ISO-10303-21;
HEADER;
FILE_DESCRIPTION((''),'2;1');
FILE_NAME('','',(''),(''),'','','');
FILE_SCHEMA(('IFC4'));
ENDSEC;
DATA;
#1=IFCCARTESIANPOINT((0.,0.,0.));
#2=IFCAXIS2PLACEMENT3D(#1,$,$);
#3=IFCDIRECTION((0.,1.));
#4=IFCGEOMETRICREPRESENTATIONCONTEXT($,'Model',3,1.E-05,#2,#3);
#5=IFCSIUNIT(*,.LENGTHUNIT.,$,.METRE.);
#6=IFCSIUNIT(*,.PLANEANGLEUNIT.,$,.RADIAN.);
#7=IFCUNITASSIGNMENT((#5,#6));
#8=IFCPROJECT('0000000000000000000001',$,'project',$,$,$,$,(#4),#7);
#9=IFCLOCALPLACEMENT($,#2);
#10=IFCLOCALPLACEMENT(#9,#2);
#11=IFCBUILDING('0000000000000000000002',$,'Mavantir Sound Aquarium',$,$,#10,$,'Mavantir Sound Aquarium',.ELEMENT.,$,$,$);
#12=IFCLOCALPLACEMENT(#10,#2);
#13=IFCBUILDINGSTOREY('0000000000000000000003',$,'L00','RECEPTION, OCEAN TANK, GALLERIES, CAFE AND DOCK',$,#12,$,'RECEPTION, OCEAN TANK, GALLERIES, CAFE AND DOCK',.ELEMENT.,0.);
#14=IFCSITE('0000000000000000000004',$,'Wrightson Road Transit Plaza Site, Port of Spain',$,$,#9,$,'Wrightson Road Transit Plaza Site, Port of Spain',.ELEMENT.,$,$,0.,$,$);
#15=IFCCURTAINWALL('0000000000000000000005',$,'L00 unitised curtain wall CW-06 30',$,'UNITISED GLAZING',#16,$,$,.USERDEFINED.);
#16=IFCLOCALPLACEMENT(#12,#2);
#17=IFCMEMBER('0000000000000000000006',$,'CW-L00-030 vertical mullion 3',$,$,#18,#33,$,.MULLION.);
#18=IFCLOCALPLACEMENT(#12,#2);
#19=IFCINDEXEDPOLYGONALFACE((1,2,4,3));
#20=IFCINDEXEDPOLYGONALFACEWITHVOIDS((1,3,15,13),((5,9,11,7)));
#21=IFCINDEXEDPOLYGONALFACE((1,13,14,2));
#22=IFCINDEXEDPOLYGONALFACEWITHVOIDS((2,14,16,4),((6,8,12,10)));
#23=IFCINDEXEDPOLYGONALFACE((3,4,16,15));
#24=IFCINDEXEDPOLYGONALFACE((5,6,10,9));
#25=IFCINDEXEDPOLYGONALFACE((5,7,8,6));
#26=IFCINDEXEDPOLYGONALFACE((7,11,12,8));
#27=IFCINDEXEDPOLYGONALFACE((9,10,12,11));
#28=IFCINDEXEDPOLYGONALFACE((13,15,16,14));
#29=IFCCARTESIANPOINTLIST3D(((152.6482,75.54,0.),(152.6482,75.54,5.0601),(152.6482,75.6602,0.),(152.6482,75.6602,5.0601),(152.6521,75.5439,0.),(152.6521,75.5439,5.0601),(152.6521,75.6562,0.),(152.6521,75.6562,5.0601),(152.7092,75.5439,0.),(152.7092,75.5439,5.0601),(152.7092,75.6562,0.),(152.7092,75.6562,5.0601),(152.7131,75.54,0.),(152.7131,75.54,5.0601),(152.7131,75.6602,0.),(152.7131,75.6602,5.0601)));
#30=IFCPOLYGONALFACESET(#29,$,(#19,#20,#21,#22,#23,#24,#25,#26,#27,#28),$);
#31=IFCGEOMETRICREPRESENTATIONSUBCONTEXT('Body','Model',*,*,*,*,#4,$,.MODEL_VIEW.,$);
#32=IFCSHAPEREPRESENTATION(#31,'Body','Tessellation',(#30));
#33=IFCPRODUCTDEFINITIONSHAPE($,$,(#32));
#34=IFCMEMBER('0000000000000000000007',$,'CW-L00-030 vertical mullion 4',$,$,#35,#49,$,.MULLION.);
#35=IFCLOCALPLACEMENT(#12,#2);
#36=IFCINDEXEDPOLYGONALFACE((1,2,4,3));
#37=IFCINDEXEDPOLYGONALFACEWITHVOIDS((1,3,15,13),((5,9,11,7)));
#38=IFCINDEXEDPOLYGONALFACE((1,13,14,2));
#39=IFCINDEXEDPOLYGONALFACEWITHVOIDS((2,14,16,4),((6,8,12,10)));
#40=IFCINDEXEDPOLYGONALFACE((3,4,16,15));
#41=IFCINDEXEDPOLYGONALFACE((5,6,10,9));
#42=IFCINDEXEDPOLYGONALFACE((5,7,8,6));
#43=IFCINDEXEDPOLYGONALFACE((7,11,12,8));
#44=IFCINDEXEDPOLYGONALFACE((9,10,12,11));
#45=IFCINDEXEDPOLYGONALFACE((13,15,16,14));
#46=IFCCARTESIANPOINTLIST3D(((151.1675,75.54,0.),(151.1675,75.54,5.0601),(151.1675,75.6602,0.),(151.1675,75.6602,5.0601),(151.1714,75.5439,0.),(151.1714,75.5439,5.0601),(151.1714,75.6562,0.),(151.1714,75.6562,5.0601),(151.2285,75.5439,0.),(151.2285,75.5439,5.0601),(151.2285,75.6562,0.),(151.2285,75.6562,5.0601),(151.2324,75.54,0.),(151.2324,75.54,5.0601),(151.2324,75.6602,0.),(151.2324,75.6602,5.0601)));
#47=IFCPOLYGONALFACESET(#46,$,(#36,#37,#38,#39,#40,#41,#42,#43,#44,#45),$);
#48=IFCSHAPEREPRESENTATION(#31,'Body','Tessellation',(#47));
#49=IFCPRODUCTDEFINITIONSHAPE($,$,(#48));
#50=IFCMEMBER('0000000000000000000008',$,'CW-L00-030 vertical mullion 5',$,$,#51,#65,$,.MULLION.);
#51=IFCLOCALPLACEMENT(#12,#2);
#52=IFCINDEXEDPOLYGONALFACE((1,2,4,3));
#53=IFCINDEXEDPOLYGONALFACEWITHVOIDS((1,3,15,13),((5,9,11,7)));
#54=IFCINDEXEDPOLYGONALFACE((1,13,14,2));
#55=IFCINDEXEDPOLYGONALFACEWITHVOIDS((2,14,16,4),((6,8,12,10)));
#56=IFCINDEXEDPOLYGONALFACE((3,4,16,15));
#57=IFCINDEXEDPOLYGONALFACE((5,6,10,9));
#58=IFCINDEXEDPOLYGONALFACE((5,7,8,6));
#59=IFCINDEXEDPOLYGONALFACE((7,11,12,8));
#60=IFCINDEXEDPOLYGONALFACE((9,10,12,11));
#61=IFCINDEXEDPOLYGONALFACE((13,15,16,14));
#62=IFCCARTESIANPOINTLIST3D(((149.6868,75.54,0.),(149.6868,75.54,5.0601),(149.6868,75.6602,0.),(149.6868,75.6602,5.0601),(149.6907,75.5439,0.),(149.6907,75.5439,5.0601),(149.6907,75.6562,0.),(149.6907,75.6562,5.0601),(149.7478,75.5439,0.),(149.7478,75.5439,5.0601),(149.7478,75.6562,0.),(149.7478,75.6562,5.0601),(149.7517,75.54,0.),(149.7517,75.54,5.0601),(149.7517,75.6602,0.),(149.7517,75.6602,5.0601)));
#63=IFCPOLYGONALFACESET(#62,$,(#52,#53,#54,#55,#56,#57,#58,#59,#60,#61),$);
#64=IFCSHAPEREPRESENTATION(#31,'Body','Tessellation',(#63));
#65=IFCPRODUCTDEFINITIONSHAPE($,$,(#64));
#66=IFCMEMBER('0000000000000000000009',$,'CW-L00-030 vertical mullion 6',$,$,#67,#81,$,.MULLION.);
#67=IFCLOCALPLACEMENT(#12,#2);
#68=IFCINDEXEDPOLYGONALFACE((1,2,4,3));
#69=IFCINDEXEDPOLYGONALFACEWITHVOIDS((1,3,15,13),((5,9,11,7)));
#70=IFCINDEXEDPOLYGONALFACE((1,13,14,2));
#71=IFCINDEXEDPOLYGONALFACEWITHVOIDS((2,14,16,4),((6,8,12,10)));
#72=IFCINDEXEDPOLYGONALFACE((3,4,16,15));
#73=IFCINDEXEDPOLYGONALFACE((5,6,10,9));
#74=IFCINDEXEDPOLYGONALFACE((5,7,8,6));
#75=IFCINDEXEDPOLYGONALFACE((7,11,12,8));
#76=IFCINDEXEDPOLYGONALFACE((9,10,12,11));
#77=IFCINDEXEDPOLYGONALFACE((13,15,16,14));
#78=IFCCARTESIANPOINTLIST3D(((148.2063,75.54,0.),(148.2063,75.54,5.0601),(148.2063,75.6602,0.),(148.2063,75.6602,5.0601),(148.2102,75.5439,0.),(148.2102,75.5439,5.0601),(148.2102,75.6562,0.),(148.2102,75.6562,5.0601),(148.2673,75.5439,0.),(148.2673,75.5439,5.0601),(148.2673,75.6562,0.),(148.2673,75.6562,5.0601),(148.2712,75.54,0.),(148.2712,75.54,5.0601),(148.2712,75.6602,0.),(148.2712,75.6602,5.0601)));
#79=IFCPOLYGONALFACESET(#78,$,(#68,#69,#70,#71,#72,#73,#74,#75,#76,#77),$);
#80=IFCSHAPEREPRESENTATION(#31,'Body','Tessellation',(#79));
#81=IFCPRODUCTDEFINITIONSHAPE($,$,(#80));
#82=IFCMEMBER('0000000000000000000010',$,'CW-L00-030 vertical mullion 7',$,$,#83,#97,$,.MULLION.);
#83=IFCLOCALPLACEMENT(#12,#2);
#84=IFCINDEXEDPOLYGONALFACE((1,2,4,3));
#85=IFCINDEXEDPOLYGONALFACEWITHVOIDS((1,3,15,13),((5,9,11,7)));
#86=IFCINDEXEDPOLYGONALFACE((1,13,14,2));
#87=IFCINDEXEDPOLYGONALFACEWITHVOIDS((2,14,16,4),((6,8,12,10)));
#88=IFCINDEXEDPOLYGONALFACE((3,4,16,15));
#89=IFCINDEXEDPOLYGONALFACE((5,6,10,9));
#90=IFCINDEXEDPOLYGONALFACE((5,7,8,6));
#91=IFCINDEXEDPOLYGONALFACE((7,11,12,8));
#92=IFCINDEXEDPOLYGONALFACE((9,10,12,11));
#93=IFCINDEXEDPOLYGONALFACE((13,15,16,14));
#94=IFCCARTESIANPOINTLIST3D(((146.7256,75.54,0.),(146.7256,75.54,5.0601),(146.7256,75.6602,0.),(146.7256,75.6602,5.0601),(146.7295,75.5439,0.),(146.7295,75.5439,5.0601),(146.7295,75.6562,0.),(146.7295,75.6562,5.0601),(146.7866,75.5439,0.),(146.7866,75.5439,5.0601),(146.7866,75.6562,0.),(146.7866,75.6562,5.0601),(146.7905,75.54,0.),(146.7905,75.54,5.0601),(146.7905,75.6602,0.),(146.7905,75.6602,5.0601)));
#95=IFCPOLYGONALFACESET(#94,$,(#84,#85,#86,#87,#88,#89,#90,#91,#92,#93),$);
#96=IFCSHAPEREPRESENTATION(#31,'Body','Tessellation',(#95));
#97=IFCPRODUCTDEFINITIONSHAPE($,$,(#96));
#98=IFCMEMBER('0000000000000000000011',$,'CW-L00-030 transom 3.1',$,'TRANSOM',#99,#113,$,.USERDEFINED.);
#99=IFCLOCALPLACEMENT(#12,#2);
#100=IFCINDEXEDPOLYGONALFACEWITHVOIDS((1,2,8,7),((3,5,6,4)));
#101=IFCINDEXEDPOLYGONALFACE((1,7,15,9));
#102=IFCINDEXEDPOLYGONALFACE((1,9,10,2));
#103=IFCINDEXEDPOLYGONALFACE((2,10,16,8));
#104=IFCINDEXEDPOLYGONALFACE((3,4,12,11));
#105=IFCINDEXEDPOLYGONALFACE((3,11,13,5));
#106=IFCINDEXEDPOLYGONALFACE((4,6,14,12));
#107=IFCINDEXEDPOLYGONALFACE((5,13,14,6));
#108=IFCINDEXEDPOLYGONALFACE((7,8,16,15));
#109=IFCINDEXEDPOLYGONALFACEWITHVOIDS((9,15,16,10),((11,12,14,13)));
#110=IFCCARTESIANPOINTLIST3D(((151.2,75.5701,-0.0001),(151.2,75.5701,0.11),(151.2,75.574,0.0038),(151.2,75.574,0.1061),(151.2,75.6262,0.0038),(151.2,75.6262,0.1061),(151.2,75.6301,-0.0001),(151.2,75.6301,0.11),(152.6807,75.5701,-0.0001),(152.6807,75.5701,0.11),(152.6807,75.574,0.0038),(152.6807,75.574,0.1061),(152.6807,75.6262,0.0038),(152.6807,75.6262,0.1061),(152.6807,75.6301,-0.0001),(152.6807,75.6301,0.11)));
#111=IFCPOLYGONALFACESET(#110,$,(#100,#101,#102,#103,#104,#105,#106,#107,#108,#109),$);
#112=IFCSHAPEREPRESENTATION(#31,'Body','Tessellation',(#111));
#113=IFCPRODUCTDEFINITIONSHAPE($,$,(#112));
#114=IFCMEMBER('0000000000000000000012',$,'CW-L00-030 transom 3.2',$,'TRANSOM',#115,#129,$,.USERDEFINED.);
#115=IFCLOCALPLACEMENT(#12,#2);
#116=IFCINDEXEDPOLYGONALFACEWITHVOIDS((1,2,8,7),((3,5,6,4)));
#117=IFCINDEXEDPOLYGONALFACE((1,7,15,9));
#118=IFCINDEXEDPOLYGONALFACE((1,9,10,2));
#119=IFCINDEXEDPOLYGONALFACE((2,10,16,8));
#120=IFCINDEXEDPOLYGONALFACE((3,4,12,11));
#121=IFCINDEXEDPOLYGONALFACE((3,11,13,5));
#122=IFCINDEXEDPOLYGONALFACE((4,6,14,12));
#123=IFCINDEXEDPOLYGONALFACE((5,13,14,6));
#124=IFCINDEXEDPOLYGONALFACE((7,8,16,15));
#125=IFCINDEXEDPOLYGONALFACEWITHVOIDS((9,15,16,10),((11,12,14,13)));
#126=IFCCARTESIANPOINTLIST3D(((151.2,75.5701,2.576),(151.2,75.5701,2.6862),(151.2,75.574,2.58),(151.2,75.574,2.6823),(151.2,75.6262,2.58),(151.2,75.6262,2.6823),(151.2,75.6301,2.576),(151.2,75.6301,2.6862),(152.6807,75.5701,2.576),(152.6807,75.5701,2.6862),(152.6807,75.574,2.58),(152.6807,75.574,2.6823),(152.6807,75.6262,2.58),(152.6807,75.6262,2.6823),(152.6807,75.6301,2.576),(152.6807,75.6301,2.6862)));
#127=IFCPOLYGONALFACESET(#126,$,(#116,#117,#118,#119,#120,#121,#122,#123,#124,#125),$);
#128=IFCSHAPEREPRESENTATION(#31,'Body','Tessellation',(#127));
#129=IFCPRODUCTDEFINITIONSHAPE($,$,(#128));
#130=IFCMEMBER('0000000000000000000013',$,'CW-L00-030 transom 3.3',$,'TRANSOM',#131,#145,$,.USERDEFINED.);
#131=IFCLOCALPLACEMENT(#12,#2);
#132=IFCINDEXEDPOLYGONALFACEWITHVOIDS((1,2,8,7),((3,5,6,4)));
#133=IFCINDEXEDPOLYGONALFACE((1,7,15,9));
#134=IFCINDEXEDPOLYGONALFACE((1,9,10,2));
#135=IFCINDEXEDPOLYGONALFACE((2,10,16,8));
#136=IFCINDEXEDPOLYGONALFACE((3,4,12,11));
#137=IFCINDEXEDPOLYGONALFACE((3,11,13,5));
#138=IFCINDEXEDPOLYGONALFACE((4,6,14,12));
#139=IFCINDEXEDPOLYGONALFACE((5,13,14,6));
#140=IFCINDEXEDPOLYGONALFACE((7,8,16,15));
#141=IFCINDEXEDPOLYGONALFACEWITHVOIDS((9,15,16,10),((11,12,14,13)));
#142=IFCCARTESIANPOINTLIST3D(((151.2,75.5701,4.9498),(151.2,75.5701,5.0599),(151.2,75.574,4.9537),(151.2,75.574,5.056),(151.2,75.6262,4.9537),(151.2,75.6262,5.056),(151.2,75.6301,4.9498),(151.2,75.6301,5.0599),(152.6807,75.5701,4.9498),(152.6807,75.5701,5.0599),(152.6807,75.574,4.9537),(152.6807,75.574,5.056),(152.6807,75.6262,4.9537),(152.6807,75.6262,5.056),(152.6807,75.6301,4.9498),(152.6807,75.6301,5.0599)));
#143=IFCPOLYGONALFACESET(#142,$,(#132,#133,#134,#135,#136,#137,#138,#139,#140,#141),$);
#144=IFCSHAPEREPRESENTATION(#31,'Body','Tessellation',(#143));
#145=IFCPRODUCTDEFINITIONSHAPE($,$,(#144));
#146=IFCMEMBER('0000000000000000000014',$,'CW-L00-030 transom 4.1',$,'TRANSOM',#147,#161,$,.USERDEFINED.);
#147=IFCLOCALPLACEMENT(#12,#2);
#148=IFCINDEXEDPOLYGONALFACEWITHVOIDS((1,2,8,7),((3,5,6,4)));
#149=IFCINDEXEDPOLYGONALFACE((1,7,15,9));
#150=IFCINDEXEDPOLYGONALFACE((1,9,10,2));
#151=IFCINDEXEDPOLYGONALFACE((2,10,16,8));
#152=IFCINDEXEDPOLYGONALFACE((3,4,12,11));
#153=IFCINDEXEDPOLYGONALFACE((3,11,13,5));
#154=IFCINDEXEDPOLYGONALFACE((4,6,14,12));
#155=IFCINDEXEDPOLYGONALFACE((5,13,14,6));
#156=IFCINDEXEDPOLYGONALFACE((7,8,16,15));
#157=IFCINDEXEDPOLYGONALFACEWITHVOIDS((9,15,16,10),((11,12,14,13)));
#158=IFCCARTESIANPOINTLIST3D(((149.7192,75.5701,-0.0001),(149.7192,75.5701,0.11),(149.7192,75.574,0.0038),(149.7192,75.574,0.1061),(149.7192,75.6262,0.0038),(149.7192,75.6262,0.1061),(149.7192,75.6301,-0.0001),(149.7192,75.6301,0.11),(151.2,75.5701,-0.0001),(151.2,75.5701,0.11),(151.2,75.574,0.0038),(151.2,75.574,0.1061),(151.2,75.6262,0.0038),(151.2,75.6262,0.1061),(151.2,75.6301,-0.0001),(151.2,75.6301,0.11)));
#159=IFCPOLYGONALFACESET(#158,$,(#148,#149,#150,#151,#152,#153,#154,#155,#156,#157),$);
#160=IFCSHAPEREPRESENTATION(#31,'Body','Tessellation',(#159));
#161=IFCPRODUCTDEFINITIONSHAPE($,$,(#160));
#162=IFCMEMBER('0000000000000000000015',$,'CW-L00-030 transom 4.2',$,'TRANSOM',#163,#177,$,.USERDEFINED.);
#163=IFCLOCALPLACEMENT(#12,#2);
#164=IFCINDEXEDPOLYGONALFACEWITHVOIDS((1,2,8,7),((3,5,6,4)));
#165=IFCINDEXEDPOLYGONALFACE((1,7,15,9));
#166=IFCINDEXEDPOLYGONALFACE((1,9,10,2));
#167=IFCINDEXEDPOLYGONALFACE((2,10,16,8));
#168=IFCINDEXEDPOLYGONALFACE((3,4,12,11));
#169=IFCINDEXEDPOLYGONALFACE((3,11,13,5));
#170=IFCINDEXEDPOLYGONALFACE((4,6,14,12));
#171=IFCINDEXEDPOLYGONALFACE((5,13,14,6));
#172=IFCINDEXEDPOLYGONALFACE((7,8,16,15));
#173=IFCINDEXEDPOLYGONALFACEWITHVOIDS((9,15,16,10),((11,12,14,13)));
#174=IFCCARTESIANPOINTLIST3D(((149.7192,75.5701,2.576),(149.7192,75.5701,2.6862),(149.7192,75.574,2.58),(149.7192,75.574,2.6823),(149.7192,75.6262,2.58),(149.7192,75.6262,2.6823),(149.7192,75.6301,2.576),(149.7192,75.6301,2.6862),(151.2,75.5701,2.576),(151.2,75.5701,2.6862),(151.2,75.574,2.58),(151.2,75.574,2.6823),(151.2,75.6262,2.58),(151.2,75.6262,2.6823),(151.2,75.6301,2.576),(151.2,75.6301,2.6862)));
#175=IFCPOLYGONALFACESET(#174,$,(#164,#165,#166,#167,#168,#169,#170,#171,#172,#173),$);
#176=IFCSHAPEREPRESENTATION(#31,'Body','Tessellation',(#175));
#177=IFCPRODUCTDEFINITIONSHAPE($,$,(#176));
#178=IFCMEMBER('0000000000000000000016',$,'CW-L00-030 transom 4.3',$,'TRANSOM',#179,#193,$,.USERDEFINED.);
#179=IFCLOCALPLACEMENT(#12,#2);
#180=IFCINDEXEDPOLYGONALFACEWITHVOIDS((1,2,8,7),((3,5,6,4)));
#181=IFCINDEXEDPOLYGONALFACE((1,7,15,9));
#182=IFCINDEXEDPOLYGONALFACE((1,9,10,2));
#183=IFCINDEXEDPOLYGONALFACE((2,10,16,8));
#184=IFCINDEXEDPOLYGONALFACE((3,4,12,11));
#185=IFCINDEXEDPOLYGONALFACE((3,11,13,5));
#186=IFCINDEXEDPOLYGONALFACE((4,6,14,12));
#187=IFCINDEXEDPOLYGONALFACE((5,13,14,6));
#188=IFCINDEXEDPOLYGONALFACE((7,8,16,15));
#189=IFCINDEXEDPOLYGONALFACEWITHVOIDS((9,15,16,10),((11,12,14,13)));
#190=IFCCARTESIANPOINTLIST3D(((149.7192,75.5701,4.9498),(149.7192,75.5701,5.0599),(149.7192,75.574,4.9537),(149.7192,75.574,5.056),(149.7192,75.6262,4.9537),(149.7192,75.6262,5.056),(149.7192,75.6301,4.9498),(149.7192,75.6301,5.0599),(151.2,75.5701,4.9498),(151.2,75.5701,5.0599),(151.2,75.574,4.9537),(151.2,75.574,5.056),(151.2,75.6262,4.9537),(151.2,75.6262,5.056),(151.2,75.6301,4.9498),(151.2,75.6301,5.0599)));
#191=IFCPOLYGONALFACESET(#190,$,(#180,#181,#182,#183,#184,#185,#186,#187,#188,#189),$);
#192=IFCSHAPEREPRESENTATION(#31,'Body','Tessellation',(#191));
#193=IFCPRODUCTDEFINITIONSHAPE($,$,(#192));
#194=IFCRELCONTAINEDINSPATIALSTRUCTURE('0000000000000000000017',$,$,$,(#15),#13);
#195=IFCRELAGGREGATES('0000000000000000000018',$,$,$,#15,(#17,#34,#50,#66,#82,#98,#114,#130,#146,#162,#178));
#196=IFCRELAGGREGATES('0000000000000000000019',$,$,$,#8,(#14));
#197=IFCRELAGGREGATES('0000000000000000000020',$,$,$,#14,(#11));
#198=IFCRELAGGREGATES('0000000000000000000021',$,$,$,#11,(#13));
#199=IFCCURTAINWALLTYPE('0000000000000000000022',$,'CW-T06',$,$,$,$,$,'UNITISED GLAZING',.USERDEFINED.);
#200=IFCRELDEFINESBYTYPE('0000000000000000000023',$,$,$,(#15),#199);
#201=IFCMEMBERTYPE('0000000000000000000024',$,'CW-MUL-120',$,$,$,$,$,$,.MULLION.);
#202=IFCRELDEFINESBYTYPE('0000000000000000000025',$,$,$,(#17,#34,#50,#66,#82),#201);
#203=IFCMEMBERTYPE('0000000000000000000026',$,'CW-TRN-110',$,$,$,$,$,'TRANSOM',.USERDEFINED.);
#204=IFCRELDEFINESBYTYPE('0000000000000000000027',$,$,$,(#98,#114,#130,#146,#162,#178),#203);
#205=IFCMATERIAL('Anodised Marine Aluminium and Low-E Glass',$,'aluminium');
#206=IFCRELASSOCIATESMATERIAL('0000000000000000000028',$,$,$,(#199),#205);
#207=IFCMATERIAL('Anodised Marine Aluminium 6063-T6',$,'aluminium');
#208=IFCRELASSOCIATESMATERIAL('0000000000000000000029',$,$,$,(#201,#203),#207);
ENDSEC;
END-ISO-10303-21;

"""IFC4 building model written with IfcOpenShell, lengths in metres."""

from ifc_helpers import new_model, si_unit, direction, frame, origin, origin_2d, place, context, subcontext, project, spatial, hollow_rectangle, extrude, material, material_profile, profile_set, type_object, element, aggregate, save


model = new_model("IFC4")

# Units and contexts
model_context = context("Model", 3, precision=1e-05, world=origin(), true_north=direction((0.0, 1.0)))
body_context = subcontext(model_context, "Body", "Model", "MODEL_VIEW")
ifc_project = project(units=[si_unit("LENGTHUNIT", "METRE"), si_unit("PLANEANGLEUNIT", "RADIAN")], contexts=[model_context])

# Site, building, storey
site_placement = place(None, origin())
site = spatial("IfcSite", under=ifc_project, at=site_placement, Name="Wrightson Road Transit Plaza Site, Port of Spain", LongName="Wrightson Road Transit Plaza Site, Port of Spain", CompositionType="ELEMENT", RefElevation=0.0)
building_placement = place(site_placement, origin())
building = spatial("IfcBuilding", under=site, at=building_placement, Name="Mavantir Sound Aquarium", LongName="Mavantir Sound Aquarium", CompositionType="ELEMENT")
storey_placement = place(building_placement, origin())
storey = spatial("IfcBuildingStorey", under=building, at=storey_placement, Name="L00", Description="RECEPTION, OCEAN TANK, GALLERIES, CAFE AND DOCK", LongName="RECEPTION, OCEAN TANK, GALLERIES, CAFE AND DOCK", CompositionType="ELEMENT", Elevation=0.0)

# Curtain wall, members
ifc_material_1 = material(Name="Anodised Marine Aluminium and Low-E Glass", Category="aluminium")
curtain_wall_type = type_object("IfcCurtainWallType", Name="CW-T06", ElementType="UNITISED GLAZING", PredefinedType="USERDEFINED", material=ifc_material_1)
curtain_wall_placement = place(storey_placement, origin())
curtain_wall = element("IfcCurtainWall", 1, at=curtain_wall_placement, inside=storey, type_object=curtain_wall_type, Name="L00 unitised curtain wall CW-06 30", ObjectType="UNITISED GLAZING", PredefinedType="USERDEFINED")
ifc_material_2 = material(Name="Anodised Marine Aluminium 6063-T6", Category="aluminium")
ifc_material_profile_1 = material_profile(ifc_material_2, hollow_rectangle(XDim=0.0649, YDim=0.1201, WallThickness=0.0039, at=origin_2d()), Name="ALU-MULLION-120X65")
ifc_profile_set_1 = profile_set([ifc_material_profile_1], Name="Anodised Marine Aluminium 6063-T6")
member_type_1 = type_object("IfcMemberType", Name="CW-MUL-120", PredefinedType="MULLION", material=ifc_profile_set_1)
member_1_placement = place(storey_placement, frame((152.6807, 75.6001, 0.0), z_axis=(0.0, 0.0, 1.0), x_axis=(1.0, 0.0, 0.0)))
member_1 = element("IfcMember", 2, at=member_1_placement, type_object=member_type_1, Name="CW-L00-030 vertical mullion 3", PredefinedType="MULLION", context=body_context, shape_type="SweptSolid", body=[
    extrude(hollow_rectangle(XDim=0.0649, YDim=0.1201, WallThickness=0.0039, at=origin_2d()), origin(), (0.0, 0.0, 1.0), 5.0601),
])
member_2_placement = place(storey_placement, frame((151.2, 75.6001, 0.0), z_axis=(0.0, 0.0, 1.0), x_axis=(1.0, 0.0, 0.0)))
member_2 = element("IfcMember", 3, at=member_2_placement, type_object=member_type_1, Name="CW-L00-030 vertical mullion 4", PredefinedType="MULLION", context=body_context, shape_type="SweptSolid", body=[
    extrude(hollow_rectangle(XDim=0.0649, YDim=0.1201, WallThickness=0.0039, at=origin_2d()), origin(), (0.0, 0.0, 1.0), 5.0601),
])
member_3_placement = place(storey_placement, frame((149.7192, 75.6001, 0.0), z_axis=(0.0, 0.0, 1.0), x_axis=(1.0, 0.0, 0.0)))
member_3 = element("IfcMember", 4, at=member_3_placement, type_object=member_type_1, Name="CW-L00-030 vertical mullion 5", PredefinedType="MULLION", context=body_context, shape_type="SweptSolid", body=[
    extrude(hollow_rectangle(XDim=0.0649, YDim=0.1201, WallThickness=0.0039, at=origin_2d()), origin(), (0.0, 0.0, 1.0), 5.0601),
])
member_4_placement = place(storey_placement, frame((148.2388, 75.6001, 0.0), z_axis=(0.0, 0.0, 1.0), x_axis=(1.0, 0.0, 0.0)))
member_4 = element("IfcMember", 5, at=member_4_placement, type_object=member_type_1, Name="CW-L00-030 vertical mullion 6", PredefinedType="MULLION", context=body_context, shape_type="SweptSolid", body=[
    extrude(hollow_rectangle(XDim=0.0649, YDim=0.1201, WallThickness=0.0039, at=origin_2d()), origin(), (0.0, 0.0, 1.0), 5.0601),
])
member_5_placement = place(storey_placement, frame((146.7581, 75.6001, 0.0), z_axis=(0.0, 0.0, 1.0), x_axis=(1.0, 0.0, 0.0)))
member_5 = element("IfcMember", 6, at=member_5_placement, type_object=member_type_1, Name="CW-L00-030 vertical mullion 7", PredefinedType="MULLION", context=body_context, shape_type="SweptSolid", body=[
    extrude(hollow_rectangle(XDim=0.0649, YDim=0.1201, WallThickness=0.0039, at=origin_2d()), origin(), (0.0, 0.0, 1.0), 5.0601),
])
ifc_material_profile_2 = material_profile(ifc_material_2, hollow_rectangle(XDim=0.0601, YDim=0.1101, WallThickness=0.0039, at=origin_2d()), Name="ALU-TRANSOM-110X60")
ifc_profile_set_2 = profile_set([ifc_material_profile_2], Name="Anodised Marine Aluminium 6063-T6")
member_type_2 = type_object("IfcMemberType", Name="CW-TRN-110", ElementType="TRANSOM", PredefinedType="USERDEFINED", material=ifc_profile_set_2)
member_6_placement = place(storey_placement, frame((152.6807, 75.6001, 0.0549), z_axis=(-1.0, 0.0, 0.0), x_axis=(0.0, -1.0, 0.0)))
member_6 = element("IfcMember", 7, at=member_6_placement, type_object=member_type_2, Name="CW-L00-030 transom 3.1", ObjectType="TRANSOM", PredefinedType="USERDEFINED", context=body_context, shape_type="SweptSolid", body=[
    extrude(hollow_rectangle(XDim=0.0601, YDim=0.1101, WallThickness=0.0039, at=origin_2d()), origin(), (0.0, 0.0, 1.0), 1.4807),
])
member_7_placement = place(storey_placement, frame((152.6807, 75.6001, 2.6311), z_axis=(-1.0, 0.0, 0.0), x_axis=(0.0, -1.0, 0.0)))
member_7 = element("IfcMember", 8, at=member_7_placement, type_object=member_type_2, Name="CW-L00-030 transom 3.2", ObjectType="TRANSOM", PredefinedType="USERDEFINED", context=body_context, shape_type="SweptSolid", body=[
    extrude(hollow_rectangle(XDim=0.0601, YDim=0.1101, WallThickness=0.0039, at=origin_2d()), origin(), (0.0, 0.0, 1.0), 1.4807),
])
member_8_placement = place(storey_placement, frame((152.6807, 75.6001, 5.0049), z_axis=(-1.0, 0.0, 0.0), x_axis=(0.0, -1.0, 0.0)))
member_8 = element("IfcMember", 9, at=member_8_placement, type_object=member_type_2, Name="CW-L00-030 transom 3.3", ObjectType="TRANSOM", PredefinedType="USERDEFINED", context=body_context, shape_type="SweptSolid", body=[
    extrude(hollow_rectangle(XDim=0.0601, YDim=0.1101, WallThickness=0.0039, at=origin_2d()), origin(), (0.0, 0.0, 1.0), 1.4807),
])
member_9_placement = place(storey_placement, frame((151.2, 75.6001, 0.0549), z_axis=(-1.0, 0.0, 0.0), x_axis=(0.0, -1.0, 0.0)))
member_9 = element("IfcMember", 10, at=member_9_placement, type_object=member_type_2, Name="CW-L00-030 transom 4.1", ObjectType="TRANSOM", PredefinedType="USERDEFINED", context=body_context, shape_type="SweptSolid", body=[
    extrude(hollow_rectangle(XDim=0.0601, YDim=0.1101, WallThickness=0.0039, at=origin_2d()), origin(), (0.0, 0.0, 1.0), 1.4807),
])
member_10_placement = place(storey_placement, frame((151.2, 75.6001, 2.6311), z_axis=(-1.0, 0.0, 0.0), x_axis=(0.0, -1.0, 0.0)))
member_10 = element("IfcMember", 11, at=member_10_placement, type_object=member_type_2, Name="CW-L00-030 transom 4.2", ObjectType="TRANSOM", PredefinedType="USERDEFINED", context=body_context, shape_type="SweptSolid", body=[
    extrude(hollow_rectangle(XDim=0.0601, YDim=0.1101, WallThickness=0.0039, at=origin_2d()), origin(), (0.0, 0.0, 1.0), 1.4807),
])
member_11_placement = place(storey_placement, frame((151.2, 75.6001, 5.0049), z_axis=(-1.0, 0.0, 0.0), x_axis=(0.0, -1.0, 0.0)))
member_11 = element("IfcMember", 12, at=member_11_placement, type_object=member_type_2, Name="CW-L00-030 transom 4.3", ObjectType="TRANSOM", PredefinedType="USERDEFINED", context=body_context, shape_type="SweptSolid", body=[
    extrude(hollow_rectangle(XDim=0.0601, YDim=0.1101, WallThickness=0.0039, at=origin_2d()), origin(), (0.0, 0.0, 1.0), 1.4807),
])
aggregate(curtain_wall, [member_1, member_2, member_3, member_4, member_5, member_6, member_7, member_8, member_9, member_10, member_11])

save(model, "model.ifc")
